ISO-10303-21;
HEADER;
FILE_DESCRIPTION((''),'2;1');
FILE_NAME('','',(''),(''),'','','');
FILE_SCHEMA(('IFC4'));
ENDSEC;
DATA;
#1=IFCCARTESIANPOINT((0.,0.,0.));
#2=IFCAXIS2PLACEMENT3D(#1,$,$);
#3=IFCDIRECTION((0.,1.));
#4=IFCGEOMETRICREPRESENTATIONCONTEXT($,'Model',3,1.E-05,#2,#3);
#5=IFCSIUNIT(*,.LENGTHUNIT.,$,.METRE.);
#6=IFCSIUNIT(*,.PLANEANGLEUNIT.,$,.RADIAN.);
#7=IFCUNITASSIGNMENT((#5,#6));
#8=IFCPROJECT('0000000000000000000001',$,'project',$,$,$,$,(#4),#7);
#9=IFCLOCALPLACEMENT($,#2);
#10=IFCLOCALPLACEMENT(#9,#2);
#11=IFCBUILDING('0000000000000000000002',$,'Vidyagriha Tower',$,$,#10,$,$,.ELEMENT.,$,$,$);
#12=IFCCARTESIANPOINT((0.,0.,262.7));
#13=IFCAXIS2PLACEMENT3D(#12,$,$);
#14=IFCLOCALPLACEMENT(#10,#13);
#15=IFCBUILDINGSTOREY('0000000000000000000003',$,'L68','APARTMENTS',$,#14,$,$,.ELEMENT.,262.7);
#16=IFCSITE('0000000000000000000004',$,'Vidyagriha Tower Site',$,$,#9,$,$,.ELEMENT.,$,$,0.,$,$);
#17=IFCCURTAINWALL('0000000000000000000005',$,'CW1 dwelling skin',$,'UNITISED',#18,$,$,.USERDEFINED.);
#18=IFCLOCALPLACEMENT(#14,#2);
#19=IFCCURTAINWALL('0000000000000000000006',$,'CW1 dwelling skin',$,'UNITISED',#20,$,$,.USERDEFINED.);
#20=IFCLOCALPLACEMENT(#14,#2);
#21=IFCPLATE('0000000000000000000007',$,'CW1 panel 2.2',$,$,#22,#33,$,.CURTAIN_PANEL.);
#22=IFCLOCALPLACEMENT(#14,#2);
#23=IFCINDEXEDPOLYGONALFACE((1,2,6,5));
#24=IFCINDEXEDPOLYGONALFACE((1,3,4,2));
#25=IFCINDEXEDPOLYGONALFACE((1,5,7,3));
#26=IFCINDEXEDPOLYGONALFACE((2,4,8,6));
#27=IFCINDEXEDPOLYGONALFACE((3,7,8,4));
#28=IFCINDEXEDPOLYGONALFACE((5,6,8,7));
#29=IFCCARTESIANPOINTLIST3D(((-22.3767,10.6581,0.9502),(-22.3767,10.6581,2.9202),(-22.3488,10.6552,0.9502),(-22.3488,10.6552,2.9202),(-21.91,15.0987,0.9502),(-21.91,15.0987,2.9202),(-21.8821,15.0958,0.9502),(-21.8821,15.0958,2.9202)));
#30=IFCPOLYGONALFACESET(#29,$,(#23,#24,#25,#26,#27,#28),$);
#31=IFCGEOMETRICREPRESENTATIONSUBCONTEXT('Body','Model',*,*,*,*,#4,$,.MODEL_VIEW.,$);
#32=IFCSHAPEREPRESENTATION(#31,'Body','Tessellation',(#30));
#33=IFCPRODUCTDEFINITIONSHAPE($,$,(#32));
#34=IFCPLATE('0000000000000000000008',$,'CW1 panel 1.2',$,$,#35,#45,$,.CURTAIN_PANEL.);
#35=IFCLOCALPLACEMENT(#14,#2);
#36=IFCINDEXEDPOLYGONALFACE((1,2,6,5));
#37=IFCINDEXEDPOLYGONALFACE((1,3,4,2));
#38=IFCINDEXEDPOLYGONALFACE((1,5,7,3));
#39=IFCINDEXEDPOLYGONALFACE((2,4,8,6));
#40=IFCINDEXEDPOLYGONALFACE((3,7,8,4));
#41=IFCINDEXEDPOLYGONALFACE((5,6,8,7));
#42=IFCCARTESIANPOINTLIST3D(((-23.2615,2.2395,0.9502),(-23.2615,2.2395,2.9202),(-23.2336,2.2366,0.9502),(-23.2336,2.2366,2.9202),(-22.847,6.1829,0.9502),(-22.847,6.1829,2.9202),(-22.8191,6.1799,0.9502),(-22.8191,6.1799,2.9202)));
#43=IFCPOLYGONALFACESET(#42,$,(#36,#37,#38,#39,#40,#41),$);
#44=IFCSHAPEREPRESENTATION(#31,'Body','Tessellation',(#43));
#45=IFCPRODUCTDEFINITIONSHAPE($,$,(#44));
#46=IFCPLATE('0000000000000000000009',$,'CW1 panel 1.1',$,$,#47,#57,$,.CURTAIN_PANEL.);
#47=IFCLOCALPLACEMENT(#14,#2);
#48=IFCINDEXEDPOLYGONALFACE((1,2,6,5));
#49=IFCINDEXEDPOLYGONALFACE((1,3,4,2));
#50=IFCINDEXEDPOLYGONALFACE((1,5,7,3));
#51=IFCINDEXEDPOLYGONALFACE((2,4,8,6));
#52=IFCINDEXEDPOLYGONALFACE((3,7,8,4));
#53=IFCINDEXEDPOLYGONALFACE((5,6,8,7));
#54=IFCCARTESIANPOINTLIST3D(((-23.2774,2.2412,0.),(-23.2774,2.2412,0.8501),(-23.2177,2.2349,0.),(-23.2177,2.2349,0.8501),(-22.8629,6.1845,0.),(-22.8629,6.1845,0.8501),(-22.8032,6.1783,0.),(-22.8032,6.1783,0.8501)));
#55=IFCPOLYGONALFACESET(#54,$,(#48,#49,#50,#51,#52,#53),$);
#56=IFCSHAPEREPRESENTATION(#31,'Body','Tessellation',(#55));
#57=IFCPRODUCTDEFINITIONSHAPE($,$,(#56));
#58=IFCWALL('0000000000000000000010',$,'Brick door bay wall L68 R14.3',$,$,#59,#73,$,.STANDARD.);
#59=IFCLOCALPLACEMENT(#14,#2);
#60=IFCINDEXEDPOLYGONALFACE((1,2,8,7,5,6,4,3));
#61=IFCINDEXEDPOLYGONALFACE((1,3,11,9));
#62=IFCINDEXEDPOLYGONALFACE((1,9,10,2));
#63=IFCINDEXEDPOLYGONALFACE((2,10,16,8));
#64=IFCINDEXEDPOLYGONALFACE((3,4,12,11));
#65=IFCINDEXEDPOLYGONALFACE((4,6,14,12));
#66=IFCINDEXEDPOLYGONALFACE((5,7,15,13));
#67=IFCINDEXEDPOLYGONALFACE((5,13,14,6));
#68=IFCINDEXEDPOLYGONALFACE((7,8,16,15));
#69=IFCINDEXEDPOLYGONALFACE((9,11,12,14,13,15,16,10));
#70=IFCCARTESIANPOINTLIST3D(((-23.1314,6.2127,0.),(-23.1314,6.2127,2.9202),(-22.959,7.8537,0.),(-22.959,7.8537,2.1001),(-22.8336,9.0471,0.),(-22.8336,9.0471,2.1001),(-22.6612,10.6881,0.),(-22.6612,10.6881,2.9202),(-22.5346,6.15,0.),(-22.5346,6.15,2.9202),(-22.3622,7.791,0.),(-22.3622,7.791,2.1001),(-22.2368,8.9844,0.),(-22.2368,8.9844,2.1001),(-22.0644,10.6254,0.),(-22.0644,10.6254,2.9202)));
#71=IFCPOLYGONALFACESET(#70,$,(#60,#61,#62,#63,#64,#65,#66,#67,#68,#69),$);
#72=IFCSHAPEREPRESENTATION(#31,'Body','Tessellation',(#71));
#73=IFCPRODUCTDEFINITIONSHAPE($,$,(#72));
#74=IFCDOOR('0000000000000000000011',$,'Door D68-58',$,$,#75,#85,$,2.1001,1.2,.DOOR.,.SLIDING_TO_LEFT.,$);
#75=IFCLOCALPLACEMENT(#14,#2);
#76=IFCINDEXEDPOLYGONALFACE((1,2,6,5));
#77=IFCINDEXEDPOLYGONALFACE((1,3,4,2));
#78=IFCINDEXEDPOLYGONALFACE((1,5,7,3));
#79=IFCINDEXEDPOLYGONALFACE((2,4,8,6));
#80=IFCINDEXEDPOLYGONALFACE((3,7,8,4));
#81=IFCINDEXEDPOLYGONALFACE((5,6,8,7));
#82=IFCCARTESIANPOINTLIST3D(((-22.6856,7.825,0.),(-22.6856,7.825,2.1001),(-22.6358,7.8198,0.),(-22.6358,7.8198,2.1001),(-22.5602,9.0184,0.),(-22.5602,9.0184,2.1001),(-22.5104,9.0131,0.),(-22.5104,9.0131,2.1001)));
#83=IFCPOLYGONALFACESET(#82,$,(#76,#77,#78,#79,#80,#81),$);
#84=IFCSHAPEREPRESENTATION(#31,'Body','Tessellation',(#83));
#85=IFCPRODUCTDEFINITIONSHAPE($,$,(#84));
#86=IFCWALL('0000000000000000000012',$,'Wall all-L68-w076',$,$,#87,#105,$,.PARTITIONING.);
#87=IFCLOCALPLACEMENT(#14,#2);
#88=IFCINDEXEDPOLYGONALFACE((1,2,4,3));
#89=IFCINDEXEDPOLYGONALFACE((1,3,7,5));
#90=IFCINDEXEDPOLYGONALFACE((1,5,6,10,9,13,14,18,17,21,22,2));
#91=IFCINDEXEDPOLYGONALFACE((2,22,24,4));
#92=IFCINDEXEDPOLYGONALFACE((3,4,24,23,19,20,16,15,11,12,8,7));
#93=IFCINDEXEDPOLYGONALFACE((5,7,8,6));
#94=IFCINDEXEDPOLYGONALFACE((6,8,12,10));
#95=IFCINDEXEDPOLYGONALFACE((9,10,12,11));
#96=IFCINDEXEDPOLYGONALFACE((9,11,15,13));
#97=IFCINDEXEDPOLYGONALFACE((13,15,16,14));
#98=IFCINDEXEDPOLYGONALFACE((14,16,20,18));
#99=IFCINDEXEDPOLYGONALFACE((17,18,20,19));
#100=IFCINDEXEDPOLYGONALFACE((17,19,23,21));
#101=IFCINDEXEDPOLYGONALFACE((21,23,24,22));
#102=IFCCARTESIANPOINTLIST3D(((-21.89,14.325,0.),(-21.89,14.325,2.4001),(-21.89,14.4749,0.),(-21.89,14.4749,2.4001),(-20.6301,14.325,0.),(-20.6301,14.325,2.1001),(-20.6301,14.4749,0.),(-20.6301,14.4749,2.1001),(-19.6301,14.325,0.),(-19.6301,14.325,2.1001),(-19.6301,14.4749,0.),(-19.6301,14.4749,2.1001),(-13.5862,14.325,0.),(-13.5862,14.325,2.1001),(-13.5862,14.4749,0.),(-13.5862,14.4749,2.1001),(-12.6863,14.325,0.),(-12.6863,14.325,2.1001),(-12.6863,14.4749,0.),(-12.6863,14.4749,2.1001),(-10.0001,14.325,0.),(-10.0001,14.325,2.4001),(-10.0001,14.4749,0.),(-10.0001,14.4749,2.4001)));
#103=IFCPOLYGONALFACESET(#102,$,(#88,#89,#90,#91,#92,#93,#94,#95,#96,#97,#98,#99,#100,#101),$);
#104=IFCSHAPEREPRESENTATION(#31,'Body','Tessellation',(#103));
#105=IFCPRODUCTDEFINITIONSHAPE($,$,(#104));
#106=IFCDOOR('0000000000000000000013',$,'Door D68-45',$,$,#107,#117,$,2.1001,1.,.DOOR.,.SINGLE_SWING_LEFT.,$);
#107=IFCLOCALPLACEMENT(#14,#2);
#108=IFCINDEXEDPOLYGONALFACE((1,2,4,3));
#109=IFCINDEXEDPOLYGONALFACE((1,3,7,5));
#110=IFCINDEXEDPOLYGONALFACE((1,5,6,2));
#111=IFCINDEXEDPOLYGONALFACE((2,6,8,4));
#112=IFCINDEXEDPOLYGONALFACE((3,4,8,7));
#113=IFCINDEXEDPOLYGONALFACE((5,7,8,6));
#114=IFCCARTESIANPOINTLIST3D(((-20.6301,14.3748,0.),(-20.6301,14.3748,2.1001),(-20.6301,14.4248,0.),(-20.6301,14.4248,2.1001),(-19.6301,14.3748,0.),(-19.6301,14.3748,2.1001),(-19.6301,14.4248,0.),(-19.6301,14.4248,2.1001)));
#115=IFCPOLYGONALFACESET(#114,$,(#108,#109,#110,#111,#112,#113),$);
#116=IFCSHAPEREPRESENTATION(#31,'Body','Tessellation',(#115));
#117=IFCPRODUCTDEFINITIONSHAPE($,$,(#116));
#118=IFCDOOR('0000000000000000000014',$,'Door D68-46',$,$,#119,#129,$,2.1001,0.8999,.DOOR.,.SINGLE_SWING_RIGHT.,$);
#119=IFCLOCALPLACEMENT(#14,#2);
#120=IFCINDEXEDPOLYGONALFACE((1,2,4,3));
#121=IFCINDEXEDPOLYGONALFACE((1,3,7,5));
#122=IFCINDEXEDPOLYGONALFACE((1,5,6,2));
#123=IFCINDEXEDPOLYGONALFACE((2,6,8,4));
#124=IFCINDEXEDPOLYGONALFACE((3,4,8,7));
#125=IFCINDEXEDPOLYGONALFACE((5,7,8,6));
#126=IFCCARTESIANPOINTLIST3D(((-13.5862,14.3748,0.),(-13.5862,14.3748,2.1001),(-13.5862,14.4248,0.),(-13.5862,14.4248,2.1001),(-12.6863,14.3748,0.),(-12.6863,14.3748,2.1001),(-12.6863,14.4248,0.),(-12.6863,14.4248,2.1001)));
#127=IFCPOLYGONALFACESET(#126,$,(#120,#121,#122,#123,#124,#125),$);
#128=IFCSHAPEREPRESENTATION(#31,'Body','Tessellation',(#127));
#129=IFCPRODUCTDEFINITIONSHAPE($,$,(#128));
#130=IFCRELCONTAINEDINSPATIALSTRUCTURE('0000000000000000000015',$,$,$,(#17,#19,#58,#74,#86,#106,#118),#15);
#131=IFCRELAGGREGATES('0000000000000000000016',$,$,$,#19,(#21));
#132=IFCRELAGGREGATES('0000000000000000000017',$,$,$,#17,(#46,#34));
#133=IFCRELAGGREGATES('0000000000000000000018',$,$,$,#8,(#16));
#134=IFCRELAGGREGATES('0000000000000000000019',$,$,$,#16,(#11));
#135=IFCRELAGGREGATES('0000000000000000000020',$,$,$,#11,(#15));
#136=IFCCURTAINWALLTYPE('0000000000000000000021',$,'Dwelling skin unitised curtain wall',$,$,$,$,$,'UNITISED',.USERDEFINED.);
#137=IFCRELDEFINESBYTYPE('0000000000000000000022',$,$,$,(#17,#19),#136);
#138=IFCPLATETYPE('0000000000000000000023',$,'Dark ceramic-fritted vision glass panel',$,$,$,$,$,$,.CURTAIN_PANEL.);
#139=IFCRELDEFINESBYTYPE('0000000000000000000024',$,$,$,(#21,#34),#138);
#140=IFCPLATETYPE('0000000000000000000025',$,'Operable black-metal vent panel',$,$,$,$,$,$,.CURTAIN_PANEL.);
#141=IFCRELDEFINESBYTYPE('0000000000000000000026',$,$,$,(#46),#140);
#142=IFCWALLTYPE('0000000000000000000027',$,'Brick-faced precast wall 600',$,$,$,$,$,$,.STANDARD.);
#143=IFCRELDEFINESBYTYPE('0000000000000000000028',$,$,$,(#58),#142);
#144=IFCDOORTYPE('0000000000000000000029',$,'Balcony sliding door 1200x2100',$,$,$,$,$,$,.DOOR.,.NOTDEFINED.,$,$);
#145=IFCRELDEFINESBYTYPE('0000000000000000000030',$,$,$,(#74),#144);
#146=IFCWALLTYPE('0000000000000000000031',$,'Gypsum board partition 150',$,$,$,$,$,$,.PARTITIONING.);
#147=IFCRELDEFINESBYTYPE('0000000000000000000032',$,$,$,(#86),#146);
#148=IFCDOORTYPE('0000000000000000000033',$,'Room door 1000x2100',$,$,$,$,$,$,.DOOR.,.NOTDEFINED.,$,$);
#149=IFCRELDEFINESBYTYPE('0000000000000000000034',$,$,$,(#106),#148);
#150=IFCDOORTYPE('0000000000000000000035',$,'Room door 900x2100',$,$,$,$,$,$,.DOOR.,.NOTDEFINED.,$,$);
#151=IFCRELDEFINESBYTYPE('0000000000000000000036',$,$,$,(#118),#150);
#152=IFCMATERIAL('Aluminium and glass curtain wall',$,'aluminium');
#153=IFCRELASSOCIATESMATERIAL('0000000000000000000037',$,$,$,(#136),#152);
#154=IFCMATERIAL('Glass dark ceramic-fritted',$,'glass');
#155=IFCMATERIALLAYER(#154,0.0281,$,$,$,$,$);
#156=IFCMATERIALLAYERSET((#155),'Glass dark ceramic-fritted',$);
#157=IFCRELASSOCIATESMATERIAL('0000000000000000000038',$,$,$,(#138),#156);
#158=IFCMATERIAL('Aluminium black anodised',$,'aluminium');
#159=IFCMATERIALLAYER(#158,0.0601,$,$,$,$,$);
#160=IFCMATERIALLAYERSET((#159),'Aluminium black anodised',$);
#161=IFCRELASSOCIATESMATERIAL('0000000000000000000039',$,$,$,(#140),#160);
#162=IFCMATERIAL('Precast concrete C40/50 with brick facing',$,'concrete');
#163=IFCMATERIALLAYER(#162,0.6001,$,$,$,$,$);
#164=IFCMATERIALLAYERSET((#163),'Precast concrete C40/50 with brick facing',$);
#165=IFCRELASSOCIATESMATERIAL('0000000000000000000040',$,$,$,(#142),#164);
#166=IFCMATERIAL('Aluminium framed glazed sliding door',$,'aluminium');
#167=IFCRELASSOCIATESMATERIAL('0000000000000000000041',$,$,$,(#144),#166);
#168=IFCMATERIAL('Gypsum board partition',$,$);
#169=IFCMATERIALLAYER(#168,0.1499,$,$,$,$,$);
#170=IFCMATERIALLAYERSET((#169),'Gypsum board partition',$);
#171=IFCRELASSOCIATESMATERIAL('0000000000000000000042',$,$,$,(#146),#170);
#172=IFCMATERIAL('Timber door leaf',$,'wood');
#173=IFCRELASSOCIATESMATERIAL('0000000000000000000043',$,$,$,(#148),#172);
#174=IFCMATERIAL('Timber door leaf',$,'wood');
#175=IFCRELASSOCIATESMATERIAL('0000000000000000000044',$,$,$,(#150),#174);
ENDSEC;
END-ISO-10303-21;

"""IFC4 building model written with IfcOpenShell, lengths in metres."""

from ifc_helpers import new_model, si_unit, direction, frame, frame_2d, origin, origin_2d, place, context, subcontext, project, spatial, rectangle, extrude, material, layer, layer_set, type_object, element, fill, aggregate, save


model = new_model("IFC4")

# Units and contexts
model_context = context("Model", 3, precision=1e-05, world=origin(), true_north=direction((0.0, 1.0)))
body_context = subcontext(model_context, "Body", "Model", "MODEL_VIEW")
ifc_project = project(units=[si_unit("LENGTHUNIT", "METRE"), si_unit("PLANEANGLEUNIT", "RADIAN")], contexts=[model_context])

# Site, building, storey
site_placement = place(None, origin())
site = spatial("IfcSite", under=ifc_project, at=site_placement, Name="Vidyagriha Tower Site", CompositionType="ELEMENT", RefElevation=0.0)
building_placement = place(site_placement, origin())
building = spatial("IfcBuilding", under=site, at=building_placement, Name="Vidyagriha Tower", CompositionType="ELEMENT")
storey_placement = place(building_placement, frame((0.0, 0.0, 262.7)))
storey = spatial("IfcBuildingStorey", under=building, at=storey_placement, Name="L68", Description="APARTMENTS", CompositionType="ELEMENT", Elevation=262.7)

# Curtain walls
ifc_material_1 = material(Name="Aluminium and glass curtain wall", Category="aluminium")
curtain_wall_type = type_object("IfcCurtainWallType", Name="Dwelling skin unitised curtain wall", ElementType="UNITISED", PredefinedType="USERDEFINED", material=ifc_material_1)
curtain_wall_1_placement = place(storey_placement, origin())
curtain_wall_1 = element("IfcCurtainWall", 1, at=curtain_wall_1_placement, inside=storey, type_object=curtain_wall_type, Name="CW1 dwelling skin", ObjectType="UNITISED", PredefinedType="USERDEFINED")
curtain_wall_2_placement = place(storey_placement, origin())
curtain_wall_2 = element("IfcCurtainWall", 2, at=curtain_wall_2_placement, inside=storey, type_object=curtain_wall_type, Name="CW1 dwelling skin", ObjectType="UNITISED", PredefinedType="USERDEFINED")

# Plates
ifc_material_2 = material(Name="Glass dark ceramic-fritted", Category="glass")
ifc_layer_1 = layer(ifc_material_2, 0.0281)
ifc_layer_set_1 = layer_set([ifc_layer_1], Name="Glass dark ceramic-fritted")
plate_type_1 = type_object("IfcPlateType", Name="Dark ceramic-fritted vision glass panel", PredefinedType="CURTAIN_PANEL", material=ifc_layer_set_1)
plate_1_placement = place(storey_placement, frame((-22.1294, 12.877, 0.9502), z_axis=(0.0, 0.0, 1.0), x_axis=(-0.104525, -0.994522, 0.0)))
plate_1 = element("IfcPlate", 3, at=plate_1_placement, type_object=plate_type_1, Name="CW1 panel 2.2", PredefinedType="CURTAIN_PANEL", context=body_context, shape_type="SweptSolid", body=[
    extrude(rectangle(XDim=4.4651, YDim=0.0281, at=origin_2d()), origin(), (0.0, 0.0, 1.0), 1.97),
])
aggregate(curtain_wall_2, [plate_1])
plate_2_placement = place(storey_placement, frame((-23.0403, 4.2097, 0.9502), z_axis=(0.0, 0.0, 1.0), x_axis=(-0.104533, -0.994521, 0.0)))
plate_2 = element("IfcPlate", 4, at=plate_2_placement, type_object=plate_type_1, Name="CW1 panel 1.2", PredefinedType="CURTAIN_PANEL", context=body_context, shape_type="SweptSolid", body=[
    extrude(rectangle(XDim=3.9651, YDim=0.0281, at=origin_2d()), origin(), (0.0, 0.0, 1.0), 1.97),
])
ifc_material_3 = material(Name="Aluminium black anodised", Category="aluminium")
ifc_layer_2 = layer(ifc_material_3, 0.0601)
ifc_layer_set_2 = layer_set([ifc_layer_2], Name="Aluminium black anodised")
plate_type_2 = type_object("IfcPlateType", Name="Operable black-metal vent panel", PredefinedType="CURTAIN_PANEL", material=ifc_layer_set_2)
plate_3_placement = place(storey_placement, frame((-23.0403, 4.2097, 0.0), z_axis=(0.0, 0.0, 1.0), x_axis=(-0.104533, -0.994521, 0.0)))
plate_3 = element("IfcPlate", 5, at=plate_3_placement, type_object=plate_type_2, Name="CW1 panel 1.1", PredefinedType="CURTAIN_PANEL", context=body_context, shape_type="SweptSolid", body=[
    extrude(rectangle(XDim=3.9651, YDim=0.0601, at=origin_2d()), origin(), (0.0, 0.0, 1.0), 0.8501),
])
aggregate(curtain_wall_1, [plate_3, plate_2])

# Wall, opening, door
ifc_material_4 = material(Name="Precast concrete C40/50 with brick facing", Category="concrete")
ifc_layer_3 = layer(ifc_material_4, 0.6001)
ifc_layer_set_3 = layer_set([ifc_layer_3], Name="Precast concrete C40/50 with brick facing")
wall_type_1 = type_object("IfcWallType", Name="Brick-faced precast wall 600", PredefinedType="STANDARD", material=ifc_layer_set_3)
wall_1_placement = place(storey_placement, frame((-22.3628, 10.6567, 0.0), z_axis=(0.0, 0.0, 1.0), x_axis=(-0.104493, -0.994526, 0.0)))
wall_1 = element("IfcWall", 6, at=wall_1_placement, inside=storey, type_object=wall_type_1, Name="Brick door bay wall L68 R14.3", PredefinedType="STANDARD", context=body_context, shape_type="SweptSolid", body=[
    extrude(rectangle(XDim=4.5, YDim=0.6001, at=frame_2d((2.25, 0.0))), origin(), (0.0, 0.0, 1.0), 2.9202),
])
opening_1_placement = place(wall_1_placement, frame((1.6499, 0.0, 0.0)))
opening_1 = element("IfcOpeningElement", 7, at=opening_1_placement, cuts=wall_1, PredefinedType="OPENING", context=body_context, shape_type="SweptSolid", body=[
    extrude(rectangle(XDim=1.2, YDim=2.1001, at=frame_2d((0.6001, 1.05))), frame((0.0, 0.3101, 0.0), z_axis=(0.0, -1.0, 0.0), x_axis=(1.0, 0.0, 0.0)), (0.0, 0.0, 1.0), 0.6201),
])
ifc_material_5 = material(Name="Aluminium framed glazed sliding door", Category="aluminium")
door_type_1 = type_object("IfcDoorType", Name="Balcony sliding door 1200x2100", OperationType="NOTDEFINED", PredefinedType="DOOR", material=ifc_material_5)
door_1_placement = place(opening_1_placement, origin())
door_1 = element("IfcDoor", 8, at=door_1_placement, inside=storey, type_object=door_type_1, Name="Door D68-58", OperationType="SLIDING_TO_LEFT", OverallHeight=2.1001, OverallWidth=1.2, PredefinedType="DOOR", context=body_context, shape_type="SweptSolid", body=[
    extrude(rectangle(XDim=1.2, YDim=2.1001, at=frame_2d((0.6001, 1.05))), frame((0.0, 0.0249, 0.0), z_axis=(0.0, -1.0, 0.0), x_axis=(1.0, 0.0, 0.0)), (0.0, 0.0, 1.0), 0.05),
])
fill(opening_1, door_1)

# Wall, openings, doors
ifc_material_6 = material(Name="Gypsum board partition")
ifc_layer_4 = layer(ifc_material_6, 0.1499)
ifc_layer_set_4 = layer_set([ifc_layer_4], Name="Gypsum board partition")
wall_type_2 = type_object("IfcWallType", Name="Gypsum board partition 150", PredefinedType="PARTITIONING", material=ifc_layer_set_4)
wall_2_placement = place(storey_placement, frame((-21.8899, 14.3999, 0.0)))
wall_2 = element("IfcWall", 9, at=wall_2_placement, inside=storey, type_object=wall_type_2, Name="Wall all-L68-w076", PredefinedType="PARTITIONING", context=body_context, shape_type="SweptSolid", body=[
    extrude(rectangle(XDim=11.8899, YDim=0.1499, at=frame_2d((5.9448, 0.0))), origin(), (0.0, 0.0, 1.0), 2.4001),
])
opening_2_placement = place(wall_2_placement, frame((1.2598, 0.0, 0.0)))
opening_2 = element("IfcOpeningElement", 10, at=opening_2_placement, cuts=wall_2, PredefinedType="OPENING", context=body_context, shape_type="SweptSolid", body=[
    extrude(rectangle(XDim=1.0, YDim=2.1001, at=frame_2d((0.5, 1.05))), frame((0.0, 0.085, 0.0), z_axis=(0.0, -1.0, 0.0), x_axis=(1.0, 0.0, 0.0)), (0.0, 0.0, 1.0), 0.1699),
])
opening_3_placement = place(wall_2_placement, frame((8.3037, 0.0, 0.0)))
opening_3 = element("IfcOpeningElement", 11, at=opening_3_placement, cuts=wall_2, PredefinedType="OPENING", context=body_context, shape_type="SweptSolid", body=[
    extrude(rectangle(XDim=0.8999, YDim=2.1001, at=frame_2d((0.45, 1.05))), frame((0.0, 0.085, 0.0), z_axis=(0.0, -1.0, 0.0), x_axis=(1.0, 0.0, 0.0)), (0.0, 0.0, 1.0), 0.1699),
])
ifc_material_7 = material(Name="Timber door leaf", Category="wood")
door_type_2 = type_object("IfcDoorType", Name="Room door 1000x2100", OperationType="NOTDEFINED", PredefinedType="DOOR", material=ifc_material_7)
door_2_placement = place(opening_2_placement, origin())
door_2 = element("IfcDoor", 12, at=door_2_placement, inside=storey, type_object=door_type_2, Name="Door D68-45", OperationType="SINGLE_SWING_LEFT", OverallHeight=2.1001, OverallWidth=1.0, PredefinedType="DOOR", context=body_context, shape_type="SweptSolid", body=[
    extrude(rectangle(XDim=1.0, YDim=2.1001, at=frame_2d((0.5, 1.05))), frame((0.0, 0.0249, 0.0), z_axis=(0.0, -1.0, 0.0), x_axis=(1.0, 0.0, 0.0)), (0.0, 0.0, 1.0), 0.05),
])
fill(opening_2, door_2)
ifc_material_8 = material(Name="Timber door leaf", Category="wood")
door_type_3 = type_object("IfcDoorType", Name="Room door 900x2100", OperationType="NOTDEFINED", PredefinedType="DOOR", material=ifc_material_8)
door_3_placement = place(opening_3_placement, origin())
door_3 = element("IfcDoor", 13, at=door_3_placement, inside=storey, type_object=door_type_3, Name="Door D68-46", OperationType="SINGLE_SWING_RIGHT", OverallHeight=2.1001, OverallWidth=0.8999, PredefinedType="DOOR", context=body_context, shape_type="SweptSolid", body=[
    extrude(rectangle(XDim=0.8999, YDim=2.1001, at=frame_2d((0.45, 1.05))), frame((0.0, 0.0249, 0.0), z_axis=(0.0, -1.0, 0.0), x_axis=(1.0, 0.0, 0.0)), (0.0, 0.0, 1.0), 0.05),
])
fill(opening_3, door_3)

save(model, "model.ifc")
